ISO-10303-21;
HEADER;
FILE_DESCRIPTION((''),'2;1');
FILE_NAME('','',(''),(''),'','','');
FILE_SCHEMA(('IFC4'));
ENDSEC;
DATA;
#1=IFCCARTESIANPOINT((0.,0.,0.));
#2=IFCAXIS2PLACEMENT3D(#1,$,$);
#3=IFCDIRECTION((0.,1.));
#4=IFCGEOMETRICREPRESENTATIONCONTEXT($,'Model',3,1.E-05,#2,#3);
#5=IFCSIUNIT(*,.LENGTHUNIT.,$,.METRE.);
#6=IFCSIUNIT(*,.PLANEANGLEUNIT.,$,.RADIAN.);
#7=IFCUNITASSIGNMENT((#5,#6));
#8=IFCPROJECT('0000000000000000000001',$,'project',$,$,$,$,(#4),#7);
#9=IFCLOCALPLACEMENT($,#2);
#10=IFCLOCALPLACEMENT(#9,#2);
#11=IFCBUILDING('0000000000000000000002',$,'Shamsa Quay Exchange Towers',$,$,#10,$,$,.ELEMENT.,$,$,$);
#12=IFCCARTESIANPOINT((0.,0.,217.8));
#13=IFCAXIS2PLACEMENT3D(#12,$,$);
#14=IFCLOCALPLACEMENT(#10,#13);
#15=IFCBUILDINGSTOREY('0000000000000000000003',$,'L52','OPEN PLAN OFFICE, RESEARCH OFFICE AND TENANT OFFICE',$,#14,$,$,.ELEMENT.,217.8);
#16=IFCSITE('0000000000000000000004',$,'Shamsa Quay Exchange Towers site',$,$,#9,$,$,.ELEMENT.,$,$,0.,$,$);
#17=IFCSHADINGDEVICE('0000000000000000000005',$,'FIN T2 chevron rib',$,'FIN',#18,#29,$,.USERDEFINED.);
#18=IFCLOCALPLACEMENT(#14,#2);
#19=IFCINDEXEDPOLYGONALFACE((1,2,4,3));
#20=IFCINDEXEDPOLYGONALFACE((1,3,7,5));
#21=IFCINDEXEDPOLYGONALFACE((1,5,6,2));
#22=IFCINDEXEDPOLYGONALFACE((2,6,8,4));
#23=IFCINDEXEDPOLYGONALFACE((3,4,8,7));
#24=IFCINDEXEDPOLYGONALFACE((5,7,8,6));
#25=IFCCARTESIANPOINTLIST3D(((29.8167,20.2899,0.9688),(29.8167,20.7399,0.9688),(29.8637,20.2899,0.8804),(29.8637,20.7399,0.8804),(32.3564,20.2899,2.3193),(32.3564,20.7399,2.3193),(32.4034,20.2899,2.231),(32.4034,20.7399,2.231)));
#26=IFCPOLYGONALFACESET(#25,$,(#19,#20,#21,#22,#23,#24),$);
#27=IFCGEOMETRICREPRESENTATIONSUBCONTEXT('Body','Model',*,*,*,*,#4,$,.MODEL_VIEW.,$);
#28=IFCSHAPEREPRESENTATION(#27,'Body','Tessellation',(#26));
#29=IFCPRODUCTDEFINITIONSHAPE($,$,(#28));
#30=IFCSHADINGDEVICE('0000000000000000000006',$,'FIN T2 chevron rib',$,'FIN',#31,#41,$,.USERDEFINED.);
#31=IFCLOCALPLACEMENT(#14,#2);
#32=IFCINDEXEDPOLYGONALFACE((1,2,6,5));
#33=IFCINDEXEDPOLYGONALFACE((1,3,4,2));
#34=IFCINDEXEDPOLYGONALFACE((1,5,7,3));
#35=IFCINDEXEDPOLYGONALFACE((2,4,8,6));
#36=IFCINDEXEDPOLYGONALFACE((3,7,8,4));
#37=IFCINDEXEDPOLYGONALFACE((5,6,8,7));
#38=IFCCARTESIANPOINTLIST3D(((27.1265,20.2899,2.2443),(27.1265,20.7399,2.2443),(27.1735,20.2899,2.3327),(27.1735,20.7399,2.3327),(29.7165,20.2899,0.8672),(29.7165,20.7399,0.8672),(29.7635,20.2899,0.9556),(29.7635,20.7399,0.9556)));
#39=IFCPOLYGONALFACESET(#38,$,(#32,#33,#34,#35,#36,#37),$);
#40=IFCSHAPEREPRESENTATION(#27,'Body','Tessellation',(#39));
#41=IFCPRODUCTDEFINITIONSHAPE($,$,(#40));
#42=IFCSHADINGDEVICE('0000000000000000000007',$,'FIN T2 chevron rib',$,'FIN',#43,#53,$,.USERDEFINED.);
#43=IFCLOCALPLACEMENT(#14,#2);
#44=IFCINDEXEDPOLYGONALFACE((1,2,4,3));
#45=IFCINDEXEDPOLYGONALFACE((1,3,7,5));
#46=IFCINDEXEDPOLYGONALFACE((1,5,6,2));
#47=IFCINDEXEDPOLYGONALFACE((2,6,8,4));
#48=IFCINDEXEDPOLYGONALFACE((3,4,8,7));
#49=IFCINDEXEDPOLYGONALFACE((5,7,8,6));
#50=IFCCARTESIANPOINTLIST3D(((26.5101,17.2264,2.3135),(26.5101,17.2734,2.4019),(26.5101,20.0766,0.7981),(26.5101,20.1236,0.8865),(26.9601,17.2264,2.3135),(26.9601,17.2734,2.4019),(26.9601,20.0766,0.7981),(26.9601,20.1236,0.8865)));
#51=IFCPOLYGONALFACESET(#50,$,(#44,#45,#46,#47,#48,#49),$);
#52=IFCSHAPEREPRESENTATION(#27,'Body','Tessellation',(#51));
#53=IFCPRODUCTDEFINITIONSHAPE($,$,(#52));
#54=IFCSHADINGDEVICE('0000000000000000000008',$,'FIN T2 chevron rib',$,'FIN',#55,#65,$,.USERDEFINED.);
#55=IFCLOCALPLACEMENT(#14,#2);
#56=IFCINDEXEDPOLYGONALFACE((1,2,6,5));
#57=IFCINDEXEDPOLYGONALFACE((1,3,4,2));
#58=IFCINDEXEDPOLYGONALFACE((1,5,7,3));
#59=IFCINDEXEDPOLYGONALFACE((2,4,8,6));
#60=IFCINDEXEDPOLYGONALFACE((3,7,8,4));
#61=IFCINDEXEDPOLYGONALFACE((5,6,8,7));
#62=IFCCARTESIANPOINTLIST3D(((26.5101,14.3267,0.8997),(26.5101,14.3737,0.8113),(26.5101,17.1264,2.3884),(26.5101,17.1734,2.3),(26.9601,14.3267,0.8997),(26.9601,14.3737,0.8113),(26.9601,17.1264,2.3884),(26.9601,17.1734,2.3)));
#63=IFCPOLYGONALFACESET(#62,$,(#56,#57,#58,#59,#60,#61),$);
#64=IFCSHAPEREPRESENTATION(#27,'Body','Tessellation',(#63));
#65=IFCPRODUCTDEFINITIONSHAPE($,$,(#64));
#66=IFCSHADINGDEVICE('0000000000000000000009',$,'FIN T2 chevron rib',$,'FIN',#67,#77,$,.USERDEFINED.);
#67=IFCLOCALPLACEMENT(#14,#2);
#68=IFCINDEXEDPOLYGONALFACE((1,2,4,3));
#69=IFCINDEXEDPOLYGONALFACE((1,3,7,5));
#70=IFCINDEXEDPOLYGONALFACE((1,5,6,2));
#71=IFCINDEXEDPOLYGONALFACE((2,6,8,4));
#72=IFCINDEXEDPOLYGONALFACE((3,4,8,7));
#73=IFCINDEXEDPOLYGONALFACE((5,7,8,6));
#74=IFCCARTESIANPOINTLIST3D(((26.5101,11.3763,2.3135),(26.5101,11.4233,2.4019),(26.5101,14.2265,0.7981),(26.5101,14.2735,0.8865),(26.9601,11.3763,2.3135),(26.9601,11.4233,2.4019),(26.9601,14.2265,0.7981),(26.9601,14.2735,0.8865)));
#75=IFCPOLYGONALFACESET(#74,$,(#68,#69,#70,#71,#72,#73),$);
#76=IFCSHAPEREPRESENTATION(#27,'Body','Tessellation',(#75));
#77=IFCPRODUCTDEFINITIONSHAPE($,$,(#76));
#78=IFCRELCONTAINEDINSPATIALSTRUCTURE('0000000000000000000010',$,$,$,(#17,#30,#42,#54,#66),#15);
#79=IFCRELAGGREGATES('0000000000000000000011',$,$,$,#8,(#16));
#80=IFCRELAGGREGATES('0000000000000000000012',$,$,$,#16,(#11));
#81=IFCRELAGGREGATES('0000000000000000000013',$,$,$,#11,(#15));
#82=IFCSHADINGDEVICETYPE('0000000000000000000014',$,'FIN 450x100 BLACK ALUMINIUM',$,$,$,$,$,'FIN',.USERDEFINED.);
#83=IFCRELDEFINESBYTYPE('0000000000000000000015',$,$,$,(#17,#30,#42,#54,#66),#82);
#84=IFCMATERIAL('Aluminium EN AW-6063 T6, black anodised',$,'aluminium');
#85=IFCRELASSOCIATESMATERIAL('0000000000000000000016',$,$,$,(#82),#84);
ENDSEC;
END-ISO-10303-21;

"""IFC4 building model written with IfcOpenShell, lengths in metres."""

from ifc_helpers import new_model, si_unit, direction, frame, origin, origin_2d, place, context, subcontext, project, spatial, rectangle, extrude, material, material_profile, profile_set, type_object, element, save


model = new_model("IFC4")

# Units and contexts
model_context = context("Model", 3, precision=1e-05, world=origin(), true_north=direction((0.0, 1.0)))
body_context = subcontext(model_context, "Body", "Model", "MODEL_VIEW")
ifc_project = project(units=[si_unit("LENGTHUNIT", "METRE"), si_unit("PLANEANGLEUNIT", "RADIAN")], contexts=[model_context])

# Site, building, storey
site_placement = place(None, origin())
site = spatial("IfcSite", under=ifc_project, at=site_placement, Name="Shamsa Quay Exchange Towers site", CompositionType="ELEMENT", RefElevation=0.0)
building_placement = place(site_placement, origin())
building = spatial("IfcBuilding", under=site, at=building_placement, Name="Shamsa Quay Exchange Towers", CompositionType="ELEMENT")
storey_placement = place(building_placement, frame((0.0, 0.0, 217.8)))
storey = spatial("IfcBuildingStorey", under=building, at=storey_placement, Name="L52", Description="OPEN PLAN OFFICE, RESEARCH OFFICE AND TENANT OFFICE", CompositionType="ELEMENT", Elevation=217.8)

# Shared definitions
ifc_material_1 = material(Name="Aluminium EN AW-6063 T6, black anodised", Category="aluminium")

# Shading devices
ifc_material_profile_1 = material_profile(ifc_material_1, rectangle(XDim=0.45, YDim=0.1001, at=origin_2d()), Name="FIN450x100")
ifc_profile_set_1 = profile_set([ifc_material_profile_1], Name="Aluminium EN AW-6063 T6, black anodised")
shading_device_type = type_object("IfcShadingDeviceType", Name="FIN 450x100 BLACK ALUMINIUM", ElementType="FIN", PredefinedType="USERDEFINED", material=ifc_profile_set_1)
shading_device_1_placement = place(storey_placement, frame((32.3799, 20.5149, 2.2751), z_axis=(-0.882926, 0.0, -0.469513), x_axis=(0.0, -1.0, 0.0)))
element("IfcShadingDevice", 1, at=shading_device_1_placement, inside=storey, type_object=shading_device_type, Name="FIN T2 chevron rib", ObjectType="FIN", PredefinedType="USERDEFINED", context=body_context, shape_type="SweptSolid", body=[
    extrude(rectangle(XDim=0.45, YDim=0.1001, at=origin_2d()), origin(), (0.0, 0.0, 1.0), 2.8765),
])
shading_device_2_placement = place(storey_placement, frame((29.74, 20.5149, 0.9114), z_axis=(-0.882944, 0.0, 0.469478), x_axis=(0.0, -1.0, 0.0)))
element("IfcShadingDevice", 2, at=shading_device_2_placement, inside=storey, type_object=shading_device_type, Name="FIN T2 chevron rib", ObjectType="FIN", PredefinedType="USERDEFINED", context=body_context, shape_type="SweptSolid", body=[
    extrude(rectangle(XDim=0.45, YDim=0.1001, at=origin_2d()), origin(), (0.0, 0.0, 1.0), 2.9333),
])
shading_device_3_placement = place(storey_placement, frame((26.7351, 20.1001, 0.8423), z_axis=(0.0, -0.882953, 0.469461), x_axis=(1.0, 0.0, 0.0)))
element("IfcShadingDevice", 3, at=shading_device_3_placement, inside=storey, type_object=shading_device_type, Name="FIN T2 chevron rib", ObjectType="FIN", PredefinedType="USERDEFINED", context=body_context, shape_type="SweptSolid", body=[
    extrude(rectangle(XDim=0.45, YDim=0.1001, at=origin_2d()), origin(), (0.0, 0.0, 1.0), 3.228),
])
shading_device_4_placement = place(storey_placement, frame((26.7351, 17.1499, 2.3442), z_axis=(0.0, -0.882936, -0.469493), x_axis=(1.0, 0.0, 0.0)))
element("IfcShadingDevice", 4, at=shading_device_4_placement, inside=storey, type_object=shading_device_type, Name="FIN T2 chevron rib", ObjectType="FIN", PredefinedType="USERDEFINED", context=body_context, shape_type="SweptSolid", body=[
    extrude(rectangle(XDim=0.45, YDim=0.1001, at=origin_2d()), origin(), (0.0, 0.0, 1.0), 3.1709),
])
shading_device_5_placement = place(storey_placement, frame((26.7351, 14.25, 0.8423), z_axis=(0.0, -0.882953, 0.469461), x_axis=(1.0, 0.0, 0.0)))
element("IfcShadingDevice", 5, at=shading_device_5_placement, inside=storey, type_object=shading_device_type, Name="FIN T2 chevron rib", ObjectType="FIN", PredefinedType="USERDEFINED", context=body_context, shape_type="SweptSolid", body=[
    extrude(rectangle(XDim=0.45, YDim=0.1001, at=origin_2d()), origin(), (0.0, 0.0, 1.0), 3.228),
])

save(model, "model.ifc")
